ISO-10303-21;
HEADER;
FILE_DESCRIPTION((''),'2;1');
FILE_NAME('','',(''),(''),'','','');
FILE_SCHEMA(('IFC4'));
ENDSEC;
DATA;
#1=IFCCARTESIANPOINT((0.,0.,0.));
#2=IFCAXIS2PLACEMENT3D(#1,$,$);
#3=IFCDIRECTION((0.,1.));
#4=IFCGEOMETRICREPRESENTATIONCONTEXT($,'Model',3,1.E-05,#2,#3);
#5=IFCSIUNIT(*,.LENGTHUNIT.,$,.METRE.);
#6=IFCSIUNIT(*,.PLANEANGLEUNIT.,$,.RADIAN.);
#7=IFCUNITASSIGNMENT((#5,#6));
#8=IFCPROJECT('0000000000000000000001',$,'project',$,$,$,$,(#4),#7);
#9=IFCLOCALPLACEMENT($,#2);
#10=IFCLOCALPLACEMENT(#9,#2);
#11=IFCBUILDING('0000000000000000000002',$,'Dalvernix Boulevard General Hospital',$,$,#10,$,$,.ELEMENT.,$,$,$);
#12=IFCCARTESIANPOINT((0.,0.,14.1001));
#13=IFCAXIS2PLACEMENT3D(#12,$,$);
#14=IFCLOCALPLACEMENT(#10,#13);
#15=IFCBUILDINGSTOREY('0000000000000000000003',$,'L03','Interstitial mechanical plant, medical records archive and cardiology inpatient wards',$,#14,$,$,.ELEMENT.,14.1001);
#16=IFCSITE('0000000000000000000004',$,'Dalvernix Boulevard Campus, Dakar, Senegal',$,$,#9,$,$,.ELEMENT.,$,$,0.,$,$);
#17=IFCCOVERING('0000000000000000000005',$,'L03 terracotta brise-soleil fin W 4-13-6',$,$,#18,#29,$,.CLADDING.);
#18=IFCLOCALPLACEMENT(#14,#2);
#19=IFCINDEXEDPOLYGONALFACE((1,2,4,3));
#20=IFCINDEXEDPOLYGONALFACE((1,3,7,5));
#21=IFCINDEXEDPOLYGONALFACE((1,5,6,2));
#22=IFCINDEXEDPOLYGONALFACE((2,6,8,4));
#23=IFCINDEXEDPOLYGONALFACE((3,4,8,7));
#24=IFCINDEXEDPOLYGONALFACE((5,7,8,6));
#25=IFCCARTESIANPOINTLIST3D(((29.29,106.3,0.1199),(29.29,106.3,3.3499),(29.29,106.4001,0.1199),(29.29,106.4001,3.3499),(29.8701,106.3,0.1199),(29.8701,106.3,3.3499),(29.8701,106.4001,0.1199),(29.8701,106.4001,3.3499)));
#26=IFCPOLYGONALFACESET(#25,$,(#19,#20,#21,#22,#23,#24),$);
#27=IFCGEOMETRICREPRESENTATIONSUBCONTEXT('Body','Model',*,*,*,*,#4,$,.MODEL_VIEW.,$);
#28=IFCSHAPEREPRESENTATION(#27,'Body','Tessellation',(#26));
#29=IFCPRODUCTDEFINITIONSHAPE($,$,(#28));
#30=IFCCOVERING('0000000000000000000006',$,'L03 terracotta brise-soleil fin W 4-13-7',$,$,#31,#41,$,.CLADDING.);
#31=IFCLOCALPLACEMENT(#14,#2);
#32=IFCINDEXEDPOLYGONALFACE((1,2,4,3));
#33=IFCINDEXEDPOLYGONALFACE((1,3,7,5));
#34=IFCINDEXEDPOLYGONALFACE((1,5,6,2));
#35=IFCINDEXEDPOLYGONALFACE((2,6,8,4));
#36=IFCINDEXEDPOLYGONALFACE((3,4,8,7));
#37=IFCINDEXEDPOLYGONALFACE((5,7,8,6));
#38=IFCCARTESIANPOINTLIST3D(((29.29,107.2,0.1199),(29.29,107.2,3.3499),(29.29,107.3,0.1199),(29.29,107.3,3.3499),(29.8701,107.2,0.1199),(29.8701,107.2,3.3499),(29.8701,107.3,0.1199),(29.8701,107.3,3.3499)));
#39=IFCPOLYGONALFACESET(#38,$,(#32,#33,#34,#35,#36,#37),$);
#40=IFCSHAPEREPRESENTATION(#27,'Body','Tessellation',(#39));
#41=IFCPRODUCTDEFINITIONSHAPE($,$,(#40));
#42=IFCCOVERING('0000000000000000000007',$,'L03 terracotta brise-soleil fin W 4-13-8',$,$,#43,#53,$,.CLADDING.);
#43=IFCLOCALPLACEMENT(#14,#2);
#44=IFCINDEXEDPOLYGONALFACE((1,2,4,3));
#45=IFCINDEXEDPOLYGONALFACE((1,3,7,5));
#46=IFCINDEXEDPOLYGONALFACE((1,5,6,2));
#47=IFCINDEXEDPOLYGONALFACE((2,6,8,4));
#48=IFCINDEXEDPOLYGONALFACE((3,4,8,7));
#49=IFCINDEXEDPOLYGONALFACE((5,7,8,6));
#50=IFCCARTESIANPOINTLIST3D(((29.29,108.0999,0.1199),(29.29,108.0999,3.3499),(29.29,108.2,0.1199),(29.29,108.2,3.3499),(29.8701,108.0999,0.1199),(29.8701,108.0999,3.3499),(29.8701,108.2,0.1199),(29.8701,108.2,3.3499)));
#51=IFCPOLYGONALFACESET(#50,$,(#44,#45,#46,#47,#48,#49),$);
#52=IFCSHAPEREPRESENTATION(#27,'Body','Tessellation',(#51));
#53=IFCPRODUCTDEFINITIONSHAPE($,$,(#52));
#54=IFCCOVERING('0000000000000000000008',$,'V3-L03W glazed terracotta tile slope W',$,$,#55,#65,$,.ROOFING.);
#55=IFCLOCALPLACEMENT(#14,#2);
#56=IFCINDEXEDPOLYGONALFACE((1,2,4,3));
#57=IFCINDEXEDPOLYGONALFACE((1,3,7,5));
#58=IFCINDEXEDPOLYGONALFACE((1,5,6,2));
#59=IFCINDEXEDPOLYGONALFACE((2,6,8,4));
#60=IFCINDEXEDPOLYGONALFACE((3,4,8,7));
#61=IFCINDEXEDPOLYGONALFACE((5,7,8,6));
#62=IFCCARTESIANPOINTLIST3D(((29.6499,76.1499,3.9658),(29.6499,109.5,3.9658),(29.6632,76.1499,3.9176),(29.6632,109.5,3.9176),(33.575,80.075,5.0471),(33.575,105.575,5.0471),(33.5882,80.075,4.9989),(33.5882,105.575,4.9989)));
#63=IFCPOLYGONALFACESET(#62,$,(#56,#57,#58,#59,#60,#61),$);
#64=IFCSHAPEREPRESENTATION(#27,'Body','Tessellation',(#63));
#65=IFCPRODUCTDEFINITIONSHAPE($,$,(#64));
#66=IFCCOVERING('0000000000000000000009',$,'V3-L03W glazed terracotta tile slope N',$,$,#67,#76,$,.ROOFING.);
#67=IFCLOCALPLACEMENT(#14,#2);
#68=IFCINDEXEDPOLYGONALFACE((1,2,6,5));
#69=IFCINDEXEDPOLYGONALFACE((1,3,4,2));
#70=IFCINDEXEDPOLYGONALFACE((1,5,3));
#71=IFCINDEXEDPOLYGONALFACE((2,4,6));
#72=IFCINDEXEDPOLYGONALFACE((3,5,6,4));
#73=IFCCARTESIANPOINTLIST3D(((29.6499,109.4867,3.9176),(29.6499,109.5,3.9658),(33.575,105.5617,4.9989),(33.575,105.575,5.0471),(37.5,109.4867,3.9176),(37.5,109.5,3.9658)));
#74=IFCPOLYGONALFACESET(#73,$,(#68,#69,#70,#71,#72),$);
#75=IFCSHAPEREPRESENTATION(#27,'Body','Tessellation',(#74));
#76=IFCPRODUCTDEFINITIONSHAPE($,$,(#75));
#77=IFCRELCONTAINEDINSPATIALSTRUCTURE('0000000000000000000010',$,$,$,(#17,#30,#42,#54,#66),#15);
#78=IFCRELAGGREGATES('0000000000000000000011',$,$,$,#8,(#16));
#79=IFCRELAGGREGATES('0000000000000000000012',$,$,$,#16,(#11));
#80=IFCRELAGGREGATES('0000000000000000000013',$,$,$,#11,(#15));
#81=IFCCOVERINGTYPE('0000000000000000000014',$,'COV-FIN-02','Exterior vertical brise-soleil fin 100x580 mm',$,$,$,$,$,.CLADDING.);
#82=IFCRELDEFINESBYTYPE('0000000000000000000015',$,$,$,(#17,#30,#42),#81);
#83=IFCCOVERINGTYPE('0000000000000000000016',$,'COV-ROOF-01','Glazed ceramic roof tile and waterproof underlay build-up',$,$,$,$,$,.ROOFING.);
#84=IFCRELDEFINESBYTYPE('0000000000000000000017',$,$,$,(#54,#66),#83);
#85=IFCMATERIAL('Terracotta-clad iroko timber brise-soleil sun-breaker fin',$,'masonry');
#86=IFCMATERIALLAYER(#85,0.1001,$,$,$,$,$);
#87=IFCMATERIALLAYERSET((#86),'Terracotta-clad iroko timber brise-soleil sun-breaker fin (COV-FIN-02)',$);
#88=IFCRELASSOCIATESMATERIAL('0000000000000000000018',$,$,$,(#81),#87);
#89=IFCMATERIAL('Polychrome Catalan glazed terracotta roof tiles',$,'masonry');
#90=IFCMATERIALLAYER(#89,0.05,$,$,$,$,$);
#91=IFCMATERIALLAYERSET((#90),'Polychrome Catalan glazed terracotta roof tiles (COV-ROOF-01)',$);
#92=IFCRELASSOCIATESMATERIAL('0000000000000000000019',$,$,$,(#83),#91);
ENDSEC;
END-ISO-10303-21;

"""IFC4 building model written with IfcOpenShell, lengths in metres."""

from ifc_helpers import new_model, si_unit, direction, frame, origin, origin_2d, place, context, subcontext, project, spatial, polyline, rectangle, outline, extrude, material, layer, layer_set, type_object, element, save


model = new_model("IFC4")

# Units and contexts
model_context = context("Model", 3, precision=1e-05, world=origin(), true_north=direction((0.0, 1.0)))
body_context = subcontext(model_context, "Body", "Model", "MODEL_VIEW")
ifc_project = project(units=[si_unit("LENGTHUNIT", "METRE"), si_unit("PLANEANGLEUNIT", "RADIAN")], contexts=[model_context])

# Site, building, storey
site_placement = place(None, origin())
site = spatial("IfcSite", under=ifc_project, at=site_placement, Name="Dalvernix Boulevard Campus, Dakar, Senegal", CompositionType="ELEMENT", RefElevation=0.0)
building_placement = place(site_placement, origin())
building = spatial("IfcBuilding", under=site, at=building_placement, Name="Dalvernix Boulevard General Hospital", CompositionType="ELEMENT")
storey_placement = place(building_placement, frame((0.0, 0.0, 14.1001)))
storey = spatial("IfcBuildingStorey", under=building, at=storey_placement, Name="L03", Description="Interstitial mechanical plant, medical records archive and cardiology inpatient wards", CompositionType="ELEMENT", Elevation=14.1001)

# Coverings
ifc_material_1 = material(Name="Terracotta-clad iroko timber brise-soleil sun-breaker fin", Category="masonry")
ifc_layer_1 = layer(ifc_material_1, 0.1001)
ifc_layer_set_1 = layer_set([ifc_layer_1], Name="Terracotta-clad iroko timber brise-soleil sun-breaker fin (COV-FIN-02)")
covering_type_1 = type_object("IfcCoveringType", Name="COV-FIN-02", Description="Exterior vertical brise-soleil fin 100x580 mm", PredefinedType="CLADDING", material=ifc_layer_set_1)
for number, where, z_axis, x_axis, name in (
    (1, (29.5801, 106.3501, 0.1199), (0.0, 0.0, 1.0), (0.0, 1.0, 0.0), "L03 terracotta brise-soleil fin W 4-13-6"),
    (2, (29.5801, 107.25, 0.1199), (0.0, 0.0, 1.0), (0.0, 1.0, 0.0), "L03 terracotta brise-soleil fin W 4-13-7"),
    (3, (29.5801, 108.1499, 0.1199), (0.0, 0.0, 1.0), (0.0, 1.0, 0.0), "L03 terracotta brise-soleil fin W 4-13-8"),
):
    element("IfcCovering", number, at=place(storey_placement, frame(where, z_axis=z_axis, x_axis=x_axis)), inside=storey, type_object=covering_type_1, Name=name, PredefinedType="CLADDING", context=body_context, shape_type="SweptSolid", body=[
        extrude(rectangle(XDim=0.1001, YDim=0.5801, at=origin_2d()), origin(), (0.0, 0.0, 1.0), 3.23),
    ])
ifc_material_2 = material(Name="Polychrome Catalan glazed terracotta roof tiles", Category="masonry")
ifc_layer_2 = layer(ifc_material_2, 0.05)
ifc_layer_set_2 = layer_set([ifc_layer_2], Name="Polychrome Catalan glazed terracotta roof tiles (COV-ROOF-01)")
covering_type_2 = type_object("IfcCoveringType", Name="COV-ROOF-01", Description="Glazed ceramic roof tile and waterproof underlay build-up", PredefinedType="ROOFING", material=ifc_layer_set_2)
covering_1_placement = place(storey_placement, frame((29.6499, 109.5, 3.9658), z_axis=(-0.265593, 0.0, 0.964085), x_axis=(0.0, -1.0, 0.0)))
element("IfcCovering", 4, at=covering_1_placement, inside=storey, type_object=covering_type_2, Name="V3-L03W glazed terracotta tile slope W", PredefinedType="ROOFING", context=body_context, shape_type="SweptSolid", body=[
    extrude(outline(polyline([(0.0, 0.0), (33.3501, 0.0), (29.425, 4.0713), (3.925, 4.0713), (0.0, 0.0)])), origin(), (0.0, 0.0, -1.0), 0.05),
])
covering_2_placement = place(storey_placement, frame((37.5, 109.5, 3.9658), z_axis=(0.0, 0.265593, 0.964085), x_axis=(-1.0, 0.0, 0.0)))
element("IfcCovering", 5, at=covering_2_placement, inside=storey, type_object=covering_type_2, Name="V3-L03W glazed terracotta tile slope N", PredefinedType="ROOFING", context=body_context, shape_type="SweptSolid", body=[
    extrude(outline(polyline([(0.0, 0.0), (7.8501, 0.0), (3.925, 4.0713), (0.0, 0.0)])), origin(), (0.0, 0.0, -1.0), 0.05),
])

save(model, "model.ifc")
